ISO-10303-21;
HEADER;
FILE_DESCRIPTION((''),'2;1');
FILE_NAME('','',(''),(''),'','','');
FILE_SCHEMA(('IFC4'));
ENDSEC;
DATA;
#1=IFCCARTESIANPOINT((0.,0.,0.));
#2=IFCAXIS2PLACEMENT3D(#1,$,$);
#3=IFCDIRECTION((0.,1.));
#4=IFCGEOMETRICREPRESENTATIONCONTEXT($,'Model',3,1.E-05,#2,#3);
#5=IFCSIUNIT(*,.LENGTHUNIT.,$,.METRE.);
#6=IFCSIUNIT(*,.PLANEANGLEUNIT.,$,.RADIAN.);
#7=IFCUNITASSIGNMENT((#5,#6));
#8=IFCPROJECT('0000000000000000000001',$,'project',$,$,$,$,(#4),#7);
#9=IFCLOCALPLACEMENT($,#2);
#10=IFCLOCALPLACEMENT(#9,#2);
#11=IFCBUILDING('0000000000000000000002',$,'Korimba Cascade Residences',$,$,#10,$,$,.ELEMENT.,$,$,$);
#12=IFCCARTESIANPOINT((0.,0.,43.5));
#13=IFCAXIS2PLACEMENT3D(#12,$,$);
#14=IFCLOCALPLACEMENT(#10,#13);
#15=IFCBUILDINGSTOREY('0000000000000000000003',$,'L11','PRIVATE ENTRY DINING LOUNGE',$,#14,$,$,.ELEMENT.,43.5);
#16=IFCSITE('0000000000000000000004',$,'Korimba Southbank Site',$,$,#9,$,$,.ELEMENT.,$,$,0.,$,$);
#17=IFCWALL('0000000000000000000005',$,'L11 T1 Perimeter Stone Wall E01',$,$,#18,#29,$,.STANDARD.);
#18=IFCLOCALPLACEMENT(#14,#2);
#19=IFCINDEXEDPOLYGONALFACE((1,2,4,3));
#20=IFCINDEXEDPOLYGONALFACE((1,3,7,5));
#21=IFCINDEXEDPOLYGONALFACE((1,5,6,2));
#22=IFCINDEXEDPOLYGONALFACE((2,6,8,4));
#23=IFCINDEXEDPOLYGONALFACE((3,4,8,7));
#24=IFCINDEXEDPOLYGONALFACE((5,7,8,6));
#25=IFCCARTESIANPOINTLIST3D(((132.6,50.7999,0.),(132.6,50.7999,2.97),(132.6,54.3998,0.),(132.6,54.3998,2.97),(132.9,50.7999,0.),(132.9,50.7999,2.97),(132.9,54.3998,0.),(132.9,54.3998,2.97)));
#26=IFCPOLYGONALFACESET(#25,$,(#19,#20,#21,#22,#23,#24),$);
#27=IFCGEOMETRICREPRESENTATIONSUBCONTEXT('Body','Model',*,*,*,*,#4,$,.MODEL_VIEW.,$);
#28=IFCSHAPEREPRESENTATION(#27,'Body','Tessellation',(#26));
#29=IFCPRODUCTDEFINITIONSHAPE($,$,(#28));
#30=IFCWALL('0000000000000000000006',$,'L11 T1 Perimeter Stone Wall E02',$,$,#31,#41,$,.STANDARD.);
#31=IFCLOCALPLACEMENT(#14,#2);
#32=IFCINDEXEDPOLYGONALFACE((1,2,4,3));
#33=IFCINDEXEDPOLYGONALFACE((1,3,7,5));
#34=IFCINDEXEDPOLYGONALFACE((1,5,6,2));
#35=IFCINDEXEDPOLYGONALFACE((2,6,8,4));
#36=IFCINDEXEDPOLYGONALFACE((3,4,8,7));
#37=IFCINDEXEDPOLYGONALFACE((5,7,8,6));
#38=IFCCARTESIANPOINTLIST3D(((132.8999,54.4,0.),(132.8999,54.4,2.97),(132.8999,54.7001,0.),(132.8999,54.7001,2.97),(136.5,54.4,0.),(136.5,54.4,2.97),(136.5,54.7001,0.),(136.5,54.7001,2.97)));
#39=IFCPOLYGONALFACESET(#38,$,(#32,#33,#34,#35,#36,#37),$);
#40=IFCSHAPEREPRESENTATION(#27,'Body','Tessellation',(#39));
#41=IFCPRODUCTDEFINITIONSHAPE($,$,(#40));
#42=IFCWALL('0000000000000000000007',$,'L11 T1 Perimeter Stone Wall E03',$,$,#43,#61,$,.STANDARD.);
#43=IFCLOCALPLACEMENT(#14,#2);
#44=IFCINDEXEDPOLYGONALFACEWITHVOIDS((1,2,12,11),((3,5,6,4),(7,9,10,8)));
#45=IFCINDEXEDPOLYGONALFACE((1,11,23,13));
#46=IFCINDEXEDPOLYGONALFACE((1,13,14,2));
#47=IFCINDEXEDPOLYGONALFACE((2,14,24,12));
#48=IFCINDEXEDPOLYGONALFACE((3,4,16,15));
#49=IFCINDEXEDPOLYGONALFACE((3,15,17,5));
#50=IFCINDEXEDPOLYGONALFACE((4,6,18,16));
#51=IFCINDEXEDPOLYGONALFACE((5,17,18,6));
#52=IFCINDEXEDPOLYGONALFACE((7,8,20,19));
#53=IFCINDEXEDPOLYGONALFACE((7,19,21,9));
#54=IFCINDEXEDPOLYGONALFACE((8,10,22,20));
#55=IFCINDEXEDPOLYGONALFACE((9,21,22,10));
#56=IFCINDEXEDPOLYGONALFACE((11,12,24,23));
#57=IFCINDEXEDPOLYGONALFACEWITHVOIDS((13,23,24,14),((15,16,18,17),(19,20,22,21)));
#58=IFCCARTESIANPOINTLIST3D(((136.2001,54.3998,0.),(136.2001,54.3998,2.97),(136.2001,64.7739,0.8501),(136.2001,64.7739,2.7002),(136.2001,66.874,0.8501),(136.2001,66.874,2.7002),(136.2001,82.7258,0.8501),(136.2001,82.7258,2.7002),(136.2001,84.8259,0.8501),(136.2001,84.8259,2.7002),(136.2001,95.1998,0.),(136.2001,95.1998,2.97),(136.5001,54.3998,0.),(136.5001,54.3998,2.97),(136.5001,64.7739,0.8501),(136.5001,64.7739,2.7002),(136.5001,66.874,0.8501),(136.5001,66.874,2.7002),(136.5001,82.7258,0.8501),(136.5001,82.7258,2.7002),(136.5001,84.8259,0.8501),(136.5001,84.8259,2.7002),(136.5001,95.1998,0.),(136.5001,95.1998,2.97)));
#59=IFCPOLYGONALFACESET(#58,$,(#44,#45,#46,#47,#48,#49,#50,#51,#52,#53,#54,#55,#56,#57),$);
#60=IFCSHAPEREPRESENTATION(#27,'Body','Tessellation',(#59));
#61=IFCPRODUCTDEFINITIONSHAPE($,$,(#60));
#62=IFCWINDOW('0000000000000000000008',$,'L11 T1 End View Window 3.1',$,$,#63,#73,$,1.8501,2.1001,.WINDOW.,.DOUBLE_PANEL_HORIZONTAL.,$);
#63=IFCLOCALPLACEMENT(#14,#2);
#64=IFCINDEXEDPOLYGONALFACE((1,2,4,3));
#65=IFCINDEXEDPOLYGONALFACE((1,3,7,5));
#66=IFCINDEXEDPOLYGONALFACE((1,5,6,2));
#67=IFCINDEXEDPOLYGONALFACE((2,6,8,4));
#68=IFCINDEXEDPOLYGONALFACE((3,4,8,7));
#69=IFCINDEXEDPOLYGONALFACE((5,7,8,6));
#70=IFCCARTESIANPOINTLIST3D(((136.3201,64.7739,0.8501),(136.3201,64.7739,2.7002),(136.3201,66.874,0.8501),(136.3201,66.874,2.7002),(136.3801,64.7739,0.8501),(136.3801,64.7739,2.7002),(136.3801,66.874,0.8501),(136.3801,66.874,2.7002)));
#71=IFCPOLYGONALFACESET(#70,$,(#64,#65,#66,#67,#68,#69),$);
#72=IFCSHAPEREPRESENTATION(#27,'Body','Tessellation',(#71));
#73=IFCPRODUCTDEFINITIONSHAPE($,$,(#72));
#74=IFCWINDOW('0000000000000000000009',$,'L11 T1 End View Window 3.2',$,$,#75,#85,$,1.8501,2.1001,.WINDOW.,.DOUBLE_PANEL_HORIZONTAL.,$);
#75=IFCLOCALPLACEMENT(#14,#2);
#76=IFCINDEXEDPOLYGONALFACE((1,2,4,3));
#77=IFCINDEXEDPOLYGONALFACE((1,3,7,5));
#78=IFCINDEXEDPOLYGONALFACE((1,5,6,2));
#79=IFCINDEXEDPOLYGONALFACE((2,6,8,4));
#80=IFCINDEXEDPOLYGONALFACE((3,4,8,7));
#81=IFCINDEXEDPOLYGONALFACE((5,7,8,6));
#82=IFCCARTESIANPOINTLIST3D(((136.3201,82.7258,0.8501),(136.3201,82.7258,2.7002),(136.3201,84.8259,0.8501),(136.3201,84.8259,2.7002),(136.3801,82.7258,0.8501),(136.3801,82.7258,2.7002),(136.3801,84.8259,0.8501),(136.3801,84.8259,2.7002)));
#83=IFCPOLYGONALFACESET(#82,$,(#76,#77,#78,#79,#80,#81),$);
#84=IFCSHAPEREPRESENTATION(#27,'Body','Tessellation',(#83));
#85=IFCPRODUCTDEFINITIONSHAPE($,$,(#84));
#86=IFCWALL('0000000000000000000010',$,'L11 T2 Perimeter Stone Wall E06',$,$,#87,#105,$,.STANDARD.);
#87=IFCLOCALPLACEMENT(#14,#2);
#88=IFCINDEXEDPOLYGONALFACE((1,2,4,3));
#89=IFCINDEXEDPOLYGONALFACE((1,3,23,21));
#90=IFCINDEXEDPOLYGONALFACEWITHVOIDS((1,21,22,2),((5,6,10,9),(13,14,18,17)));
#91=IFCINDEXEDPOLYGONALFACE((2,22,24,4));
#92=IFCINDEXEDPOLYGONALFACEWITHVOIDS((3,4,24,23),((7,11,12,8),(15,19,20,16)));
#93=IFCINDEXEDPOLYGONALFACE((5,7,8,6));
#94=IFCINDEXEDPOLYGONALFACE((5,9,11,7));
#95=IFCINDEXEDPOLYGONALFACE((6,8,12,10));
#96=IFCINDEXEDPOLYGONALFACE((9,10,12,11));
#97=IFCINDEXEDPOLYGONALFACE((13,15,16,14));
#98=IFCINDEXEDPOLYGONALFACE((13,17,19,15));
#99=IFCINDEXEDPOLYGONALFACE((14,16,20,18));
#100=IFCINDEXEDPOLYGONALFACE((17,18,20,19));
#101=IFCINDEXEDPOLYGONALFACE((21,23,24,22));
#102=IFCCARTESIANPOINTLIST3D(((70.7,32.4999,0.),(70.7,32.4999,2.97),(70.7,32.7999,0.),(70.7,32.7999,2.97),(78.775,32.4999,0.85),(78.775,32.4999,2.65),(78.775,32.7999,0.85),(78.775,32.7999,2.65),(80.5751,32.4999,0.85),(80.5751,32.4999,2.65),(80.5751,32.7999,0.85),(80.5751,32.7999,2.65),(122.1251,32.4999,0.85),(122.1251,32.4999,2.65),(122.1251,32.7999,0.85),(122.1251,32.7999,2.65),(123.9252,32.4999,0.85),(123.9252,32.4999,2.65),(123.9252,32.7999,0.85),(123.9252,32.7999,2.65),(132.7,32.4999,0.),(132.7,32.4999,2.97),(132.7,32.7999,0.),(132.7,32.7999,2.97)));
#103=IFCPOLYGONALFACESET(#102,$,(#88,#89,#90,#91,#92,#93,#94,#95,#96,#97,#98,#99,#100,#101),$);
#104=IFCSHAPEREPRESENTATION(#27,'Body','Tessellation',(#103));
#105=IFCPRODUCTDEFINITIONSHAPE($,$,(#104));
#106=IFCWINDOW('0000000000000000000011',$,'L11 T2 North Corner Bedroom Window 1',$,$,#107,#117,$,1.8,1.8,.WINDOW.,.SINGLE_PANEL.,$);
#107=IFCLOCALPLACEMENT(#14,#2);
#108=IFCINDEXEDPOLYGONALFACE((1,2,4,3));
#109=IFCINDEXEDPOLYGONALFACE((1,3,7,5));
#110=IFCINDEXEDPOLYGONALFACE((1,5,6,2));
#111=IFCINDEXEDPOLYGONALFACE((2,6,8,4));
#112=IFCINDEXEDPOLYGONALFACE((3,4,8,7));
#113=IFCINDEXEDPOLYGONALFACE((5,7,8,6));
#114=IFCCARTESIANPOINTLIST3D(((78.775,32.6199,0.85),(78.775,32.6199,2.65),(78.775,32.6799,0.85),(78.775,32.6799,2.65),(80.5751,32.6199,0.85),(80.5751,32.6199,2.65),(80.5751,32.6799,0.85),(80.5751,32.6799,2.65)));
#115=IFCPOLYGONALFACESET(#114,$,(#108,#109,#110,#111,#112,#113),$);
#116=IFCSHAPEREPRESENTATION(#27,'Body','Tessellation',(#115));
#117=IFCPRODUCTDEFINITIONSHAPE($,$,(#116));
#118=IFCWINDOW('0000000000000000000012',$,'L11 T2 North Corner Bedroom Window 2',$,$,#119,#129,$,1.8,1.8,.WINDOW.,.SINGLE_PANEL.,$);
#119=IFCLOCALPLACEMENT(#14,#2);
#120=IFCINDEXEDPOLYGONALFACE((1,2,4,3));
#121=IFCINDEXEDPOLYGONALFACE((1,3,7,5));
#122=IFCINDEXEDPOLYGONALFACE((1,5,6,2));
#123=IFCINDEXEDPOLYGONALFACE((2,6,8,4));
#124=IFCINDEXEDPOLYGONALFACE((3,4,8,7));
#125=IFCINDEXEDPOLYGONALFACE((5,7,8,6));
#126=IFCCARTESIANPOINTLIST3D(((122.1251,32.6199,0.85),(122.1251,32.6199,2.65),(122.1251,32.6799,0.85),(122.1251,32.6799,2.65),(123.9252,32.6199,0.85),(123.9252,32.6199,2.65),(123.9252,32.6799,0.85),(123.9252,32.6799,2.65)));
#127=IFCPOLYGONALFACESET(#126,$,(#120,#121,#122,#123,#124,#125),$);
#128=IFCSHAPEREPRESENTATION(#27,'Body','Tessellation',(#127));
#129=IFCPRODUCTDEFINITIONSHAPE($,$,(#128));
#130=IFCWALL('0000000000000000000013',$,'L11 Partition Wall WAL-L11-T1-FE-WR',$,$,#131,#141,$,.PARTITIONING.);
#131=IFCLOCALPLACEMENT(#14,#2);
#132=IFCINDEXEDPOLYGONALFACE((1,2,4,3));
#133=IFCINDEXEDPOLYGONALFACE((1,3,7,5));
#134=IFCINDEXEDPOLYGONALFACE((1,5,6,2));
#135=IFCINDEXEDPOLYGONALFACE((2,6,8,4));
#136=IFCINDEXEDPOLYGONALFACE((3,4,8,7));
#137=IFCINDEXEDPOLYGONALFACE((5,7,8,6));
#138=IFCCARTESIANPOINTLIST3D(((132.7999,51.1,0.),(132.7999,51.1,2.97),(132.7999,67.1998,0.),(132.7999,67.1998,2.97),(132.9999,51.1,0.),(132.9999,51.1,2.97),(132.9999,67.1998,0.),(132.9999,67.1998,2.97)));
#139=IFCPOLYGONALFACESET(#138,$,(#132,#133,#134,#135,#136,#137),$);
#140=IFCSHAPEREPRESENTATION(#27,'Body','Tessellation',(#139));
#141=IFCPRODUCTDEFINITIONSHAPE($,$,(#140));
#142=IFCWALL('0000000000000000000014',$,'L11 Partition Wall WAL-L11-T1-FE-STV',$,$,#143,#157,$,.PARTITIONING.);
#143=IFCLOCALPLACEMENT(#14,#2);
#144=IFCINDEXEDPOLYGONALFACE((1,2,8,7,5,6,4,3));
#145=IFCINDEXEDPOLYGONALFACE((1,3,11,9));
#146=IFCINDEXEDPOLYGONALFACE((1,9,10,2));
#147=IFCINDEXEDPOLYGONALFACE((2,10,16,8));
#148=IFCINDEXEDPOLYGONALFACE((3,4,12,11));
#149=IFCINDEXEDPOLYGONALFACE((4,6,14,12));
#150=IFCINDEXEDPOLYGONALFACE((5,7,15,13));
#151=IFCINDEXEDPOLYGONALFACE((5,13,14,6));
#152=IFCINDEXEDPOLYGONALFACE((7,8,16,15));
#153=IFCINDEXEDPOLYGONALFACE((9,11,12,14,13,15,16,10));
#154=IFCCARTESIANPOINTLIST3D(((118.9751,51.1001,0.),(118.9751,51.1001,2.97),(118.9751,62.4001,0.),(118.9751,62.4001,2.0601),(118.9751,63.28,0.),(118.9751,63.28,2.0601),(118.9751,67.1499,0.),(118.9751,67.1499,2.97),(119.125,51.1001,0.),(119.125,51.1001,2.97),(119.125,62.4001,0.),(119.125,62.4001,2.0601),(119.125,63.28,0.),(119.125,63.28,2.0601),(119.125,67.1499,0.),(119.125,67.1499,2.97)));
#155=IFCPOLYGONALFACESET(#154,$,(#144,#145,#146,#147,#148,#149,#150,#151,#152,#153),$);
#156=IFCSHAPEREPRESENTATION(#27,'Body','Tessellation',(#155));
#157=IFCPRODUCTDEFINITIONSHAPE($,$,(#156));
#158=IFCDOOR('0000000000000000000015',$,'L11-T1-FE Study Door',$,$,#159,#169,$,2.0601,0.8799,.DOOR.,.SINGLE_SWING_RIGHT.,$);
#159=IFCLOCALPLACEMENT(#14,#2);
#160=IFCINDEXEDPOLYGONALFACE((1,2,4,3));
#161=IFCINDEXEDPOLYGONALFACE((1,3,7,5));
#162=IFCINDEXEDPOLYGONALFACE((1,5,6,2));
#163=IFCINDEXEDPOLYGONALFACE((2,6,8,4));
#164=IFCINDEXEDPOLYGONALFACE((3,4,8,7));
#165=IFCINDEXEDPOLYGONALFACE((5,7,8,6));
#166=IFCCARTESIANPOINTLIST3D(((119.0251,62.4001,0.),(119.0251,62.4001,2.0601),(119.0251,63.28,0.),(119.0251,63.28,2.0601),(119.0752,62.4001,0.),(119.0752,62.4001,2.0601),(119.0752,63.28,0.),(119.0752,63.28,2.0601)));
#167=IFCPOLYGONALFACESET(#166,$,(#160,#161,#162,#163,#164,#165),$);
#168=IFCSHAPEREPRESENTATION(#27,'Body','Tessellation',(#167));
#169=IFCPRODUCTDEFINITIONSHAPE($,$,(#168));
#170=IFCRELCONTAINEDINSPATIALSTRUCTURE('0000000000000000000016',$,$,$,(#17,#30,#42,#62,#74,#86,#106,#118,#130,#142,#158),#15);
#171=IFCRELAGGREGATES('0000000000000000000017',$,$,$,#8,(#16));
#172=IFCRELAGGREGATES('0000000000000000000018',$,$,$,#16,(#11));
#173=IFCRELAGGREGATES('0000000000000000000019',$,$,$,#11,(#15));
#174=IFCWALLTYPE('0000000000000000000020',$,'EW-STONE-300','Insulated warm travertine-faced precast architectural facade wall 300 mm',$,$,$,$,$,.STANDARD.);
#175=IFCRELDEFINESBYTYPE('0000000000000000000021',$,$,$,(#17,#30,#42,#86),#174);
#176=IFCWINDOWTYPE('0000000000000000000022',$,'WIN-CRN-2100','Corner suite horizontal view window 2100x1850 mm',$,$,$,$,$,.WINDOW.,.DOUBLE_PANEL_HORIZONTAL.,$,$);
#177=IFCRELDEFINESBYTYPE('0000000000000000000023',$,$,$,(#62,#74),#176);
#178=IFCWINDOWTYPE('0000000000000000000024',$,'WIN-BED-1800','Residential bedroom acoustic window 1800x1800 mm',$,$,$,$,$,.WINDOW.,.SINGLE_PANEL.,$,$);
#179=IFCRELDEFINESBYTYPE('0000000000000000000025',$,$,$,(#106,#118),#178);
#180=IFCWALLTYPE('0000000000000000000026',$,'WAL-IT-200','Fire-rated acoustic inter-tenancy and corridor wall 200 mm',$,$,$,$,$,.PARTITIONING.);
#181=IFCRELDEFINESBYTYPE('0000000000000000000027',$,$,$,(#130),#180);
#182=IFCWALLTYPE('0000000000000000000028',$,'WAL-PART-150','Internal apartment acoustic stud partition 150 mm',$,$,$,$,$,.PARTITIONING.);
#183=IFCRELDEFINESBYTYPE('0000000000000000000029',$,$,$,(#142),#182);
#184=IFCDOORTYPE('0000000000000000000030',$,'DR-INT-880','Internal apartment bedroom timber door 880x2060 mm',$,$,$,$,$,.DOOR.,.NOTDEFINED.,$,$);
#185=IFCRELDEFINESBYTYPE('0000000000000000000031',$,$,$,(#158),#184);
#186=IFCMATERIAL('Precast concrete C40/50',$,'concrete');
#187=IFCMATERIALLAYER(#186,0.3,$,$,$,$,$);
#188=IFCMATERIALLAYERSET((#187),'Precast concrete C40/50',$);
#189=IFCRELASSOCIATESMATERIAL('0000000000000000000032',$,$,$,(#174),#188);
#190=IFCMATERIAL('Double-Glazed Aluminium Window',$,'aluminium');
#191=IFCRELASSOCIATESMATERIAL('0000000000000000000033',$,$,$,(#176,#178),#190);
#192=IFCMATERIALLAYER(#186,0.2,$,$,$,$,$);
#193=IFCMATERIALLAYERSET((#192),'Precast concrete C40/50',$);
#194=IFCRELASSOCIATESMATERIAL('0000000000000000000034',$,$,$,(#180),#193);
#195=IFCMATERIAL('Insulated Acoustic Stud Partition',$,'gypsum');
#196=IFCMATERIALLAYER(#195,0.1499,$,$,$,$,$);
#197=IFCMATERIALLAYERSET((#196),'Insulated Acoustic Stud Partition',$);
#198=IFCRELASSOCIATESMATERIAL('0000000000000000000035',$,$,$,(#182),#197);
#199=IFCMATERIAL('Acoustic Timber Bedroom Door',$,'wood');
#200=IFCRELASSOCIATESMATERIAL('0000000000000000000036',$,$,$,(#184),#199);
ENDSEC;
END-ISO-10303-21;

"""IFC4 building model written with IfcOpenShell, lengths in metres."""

from ifc_helpers import new_model, si_unit, direction, frame, frame_2d, origin, place, context, subcontext, project, spatial, rectangle, extrude, material, layer, layer_set, type_object, element, fill, save


model = new_model("IFC4")

# Units and contexts
model_context = context("Model", 3, precision=1e-05, world=origin(), true_north=direction((0.0, 1.0)))
body_context = subcontext(model_context, "Body", "Model", "MODEL_VIEW")
ifc_project = project(units=[si_unit("LENGTHUNIT", "METRE"), si_unit("PLANEANGLEUNIT", "RADIAN")], contexts=[model_context])

# Site, building, storey
site_placement = place(None, origin())
site = spatial("IfcSite", under=ifc_project, at=site_placement, Name="Korimba Southbank Site", CompositionType="ELEMENT", RefElevation=0.0)
building_placement = place(site_placement, origin())
building = spatial("IfcBuilding", under=site, at=building_placement, Name="Korimba Cascade Residences", CompositionType="ELEMENT")
storey_placement = place(building_placement, frame((0.0, 0.0, 43.5)))
storey = spatial("IfcBuildingStorey", under=building, at=storey_placement, Name="L11", Description="PRIVATE ENTRY DINING LOUNGE", CompositionType="ELEMENT", Elevation=43.5)

# Walls
ifc_material_1 = material(Name="Precast concrete C40/50", Category="concrete")
ifc_layer_1 = layer(ifc_material_1, 0.3)
ifc_layer_set_1 = layer_set([ifc_layer_1], Name="Precast concrete C40/50")
wall_type_1 = type_object("IfcWallType", Name="EW-STONE-300", Description="Insulated warm travertine-faced precast architectural facade wall 300 mm", PredefinedType="STANDARD", material=ifc_layer_set_1)
wall_1_placement = place(storey_placement, frame((132.75, 50.8, 0.0), z_axis=(0.0, 0.0, 1.0), x_axis=(0.0, 1.0, 0.0)))
element("IfcWall", 1, at=wall_1_placement, inside=storey, type_object=wall_type_1, Name="L11 T1 Perimeter Stone Wall E01", PredefinedType="STANDARD", context=body_context, shape_type="SweptSolid", body=[
    extrude(rectangle(XDim=3.5999, YDim=0.3, at=frame_2d((1.7998, 0.0))), origin(), (0.0, 0.0, 1.0), 2.97),
])
wall_2_placement = place(storey_placement, frame((132.8999, 54.55, 0.0), z_axis=(0.0, 0.0, 1.0), x_axis=(1.0, 0.0, 0.0)))
element("IfcWall", 2, at=wall_2_placement, inside=storey, type_object=wall_type_1, Name="L11 T1 Perimeter Stone Wall E02", PredefinedType="STANDARD", context=body_context, shape_type="SweptSolid", body=[
    extrude(rectangle(XDim=3.6001, YDim=0.3, at=frame_2d((1.8, 0.0))), origin(), (0.0, 0.0, 1.0), 2.97),
])

# Walls, openings, windows
wall_3_placement = place(storey_placement, frame((136.3501, 54.3999, 0.0), z_axis=(0.0, 0.0, 1.0), x_axis=(0.0, 1.0, 0.0)))
wall_3 = element("IfcWall", 3, at=wall_3_placement, inside=storey, type_object=wall_type_1, Name="L11 T1 Perimeter Stone Wall E03", PredefinedType="STANDARD", context=body_context, shape_type="SweptSolid", body=[
    extrude(rectangle(XDim=40.8, YDim=0.3, at=frame_2d((20.3999, 0.0))), origin(), (0.0, 0.0, 1.0), 2.97),
])
opening_1_placement = place(wall_3_placement, frame((10.374, 0.0, 0.8501)))
opening_1 = element("IfcOpeningElement", 4, at=opening_1_placement, cuts=wall_3, PredefinedType="OPENING", context=body_context, shape_type="SweptSolid", body=[
    extrude(rectangle(XDim=2.1001, YDim=1.8501, at=frame_2d((1.05, 0.925))), frame((0.0, 0.1602, 0.0), z_axis=(0.0, -1.0, 0.0), x_axis=(1.0, 0.0, 0.0)), (0.0, 0.0, 1.0), 0.3201),
])
opening_2_placement = place(wall_3_placement, frame((28.3259, 0.0, 0.8501)))
opening_2 = element("IfcOpeningElement", 5, at=opening_2_placement, cuts=wall_3, PredefinedType="OPENING", context=body_context, shape_type="SweptSolid", body=[
    extrude(rectangle(XDim=2.1001, YDim=1.8501, at=frame_2d((1.05, 0.925))), frame((0.0, 0.1602, 0.0), z_axis=(0.0, -1.0, 0.0), x_axis=(1.0, 0.0, 0.0)), (0.0, 0.0, 1.0), 0.3201),
])
ifc_material_2 = material(Name="Double-Glazed Aluminium Window", Category="aluminium")
window_type_1 = type_object("IfcWindowType", Name="WIN-CRN-2100", Description="Corner suite horizontal view window 2100x1850 mm", PartitioningType="DOUBLE_PANEL_HORIZONTAL", PredefinedType="WINDOW", material=ifc_material_2)
window_1_placement = place(opening_1_placement, origin())
window_1 = element("IfcWindow", 6, at=window_1_placement, inside=storey, type_object=window_type_1, Name="L11 T1 End View Window 3.1", OverallHeight=1.8501, OverallWidth=2.1001, PartitioningType="DOUBLE_PANEL_HORIZONTAL", PredefinedType="WINDOW", context=body_context, shape_type="SweptSolid", body=[
    extrude(rectangle(XDim=2.1001, YDim=1.8501, at=frame_2d((1.05, 0.925))), frame((0.0, 0.03, 0.0), z_axis=(0.0, -1.0, 0.0), x_axis=(1.0, 0.0, 0.0)), (0.0, 0.0, 1.0), 0.0601),
])
fill(opening_1, window_1)
window_2_placement = place(opening_2_placement, origin())
window_2 = element("IfcWindow", 7, at=window_2_placement, inside=storey, type_object=window_type_1, Name="L11 T1 End View Window 3.2", OverallHeight=1.8501, OverallWidth=2.1001, PartitioningType="DOUBLE_PANEL_HORIZONTAL", PredefinedType="WINDOW", context=body_context, shape_type="SweptSolid", body=[
    extrude(rectangle(XDim=2.1001, YDim=1.8501, at=frame_2d((1.05, 0.925))), frame((0.0, 0.03, 0.0), z_axis=(0.0, -1.0, 0.0), x_axis=(1.0, 0.0, 0.0)), (0.0, 0.0, 1.0), 0.0601),
])
fill(opening_2, window_2)
wall_4_placement = place(storey_placement, frame((132.7, 32.6499, 0.0), z_axis=(0.0, 0.0, 1.0), x_axis=(-1.0, 0.0, 0.0)))
wall_4 = element("IfcWall", 8, at=wall_4_placement, inside=storey, type_object=wall_type_1, Name="L11 T2 Perimeter Stone Wall E06", PredefinedType="STANDARD", context=body_context, shape_type="SweptSolid", body=[
    extrude(rectangle(XDim=62.0, YDim=0.3, at=frame_2d((31.0, 0.0))), origin(), (0.0, 0.0, 1.0), 2.97),
])
opening_3_placement = place(wall_4_placement, frame((52.125, 0.0, 0.8501)))
opening_3 = element("IfcOpeningElement", 9, at=opening_3_placement, cuts=wall_4, PredefinedType="OPENING", context=body_context, shape_type="SweptSolid", body=[
    extrude(rectangle(XDim=1.8, YDim=1.8, at=frame_2d((0.8999, 0.8999))), frame((0.0, 0.1602, 0.0), z_axis=(0.0, -1.0, 0.0), x_axis=(1.0, 0.0, 0.0)), (0.0, 0.0, 1.0), 0.3201),
])
opening_4_placement = place(wall_4_placement, frame((8.7749, 0.0, 0.8501)))
opening_4 = element("IfcOpeningElement", 10, at=opening_4_placement, cuts=wall_4, PredefinedType="OPENING", context=body_context, shape_type="SweptSolid", body=[
    extrude(rectangle(XDim=1.8, YDim=1.8, at=frame_2d((0.8999, 0.8999))), frame((0.0, 0.1602, 0.0), z_axis=(0.0, -1.0, 0.0), x_axis=(1.0, 0.0, 0.0)), (0.0, 0.0, 1.0), 0.3201),
])
window_type_2 = type_object("IfcWindowType", Name="WIN-BED-1800", Description="Residential bedroom acoustic window 1800x1800 mm", PartitioningType="SINGLE_PANEL", PredefinedType="WINDOW", material=ifc_material_2)
window_3_placement = place(opening_3_placement, origin())
window_3 = element("IfcWindow", 11, at=window_3_placement, inside=storey, type_object=window_type_2, Name="L11 T2 North Corner Bedroom Window 1", OverallHeight=1.8, OverallWidth=1.8, PartitioningType="SINGLE_PANEL", PredefinedType="WINDOW", context=body_context, shape_type="SweptSolid", body=[
    extrude(rectangle(XDim=1.8, YDim=1.8, at=frame_2d((0.8999, 0.8999))), frame((0.0, 0.03, 0.0), z_axis=(0.0, -1.0, 0.0), x_axis=(1.0, 0.0, 0.0)), (0.0, 0.0, 1.0), 0.0601),
])
fill(opening_3, window_3)
window_4_placement = place(opening_4_placement, origin())
window_4 = element("IfcWindow", 12, at=window_4_placement, inside=storey, type_object=window_type_2, Name="L11 T2 North Corner Bedroom Window 2", OverallHeight=1.8, OverallWidth=1.8, PartitioningType="SINGLE_PANEL", PredefinedType="WINDOW", context=body_context, shape_type="SweptSolid", body=[
    extrude(rectangle(XDim=1.8, YDim=1.8, at=frame_2d((0.8999, 0.8999))), frame((0.0, 0.03, 0.0), z_axis=(0.0, -1.0, 0.0), x_axis=(1.0, 0.0, 0.0)), (0.0, 0.0, 1.0), 0.0601),
])
fill(opening_4, window_4)

# Wall
ifc_layer_2 = layer(ifc_material_1, 0.2)
ifc_layer_set_2 = layer_set([ifc_layer_2], Name="Precast concrete C40/50")
wall_type_2 = type_object("IfcWallType", Name="WAL-IT-200", Description="Fire-rated acoustic inter-tenancy and corridor wall 200 mm", PredefinedType="PARTITIONING", material=ifc_layer_set_2)
wall_5_placement = place(storey_placement, frame((132.8999, 51.1001, 0.0), z_axis=(0.0, 0.0, 1.0), x_axis=(0.0, 1.0, 0.0)))
element("IfcWall", 13, at=wall_5_placement, inside=storey, type_object=wall_type_2, Name="L11 Partition Wall WAL-L11-T1-FE-WR", PredefinedType="PARTITIONING", context=body_context, shape_type="SweptSolid", body=[
    extrude(rectangle(XDim=16.0999, YDim=0.2, at=frame_2d((8.0498, 0.0))), origin(), (0.0, 0.0, 1.0), 2.97),
])

# Wall, opening, door
ifc_material_3 = material(Name="Insulated Acoustic Stud Partition", Category="gypsum")
ifc_layer_3 = layer(ifc_material_3, 0.1499)
ifc_layer_set_3 = layer_set([ifc_layer_3], Name="Insulated Acoustic Stud Partition")
wall_type_3 = type_object("IfcWallType", Name="WAL-PART-150", Description="Internal apartment acoustic stud partition 150 mm", PredefinedType="PARTITIONING", material=ifc_layer_set_3)
wall_6_placement = place(storey_placement, frame((119.05, 51.1001, 0.0), z_axis=(0.0, 0.0, 1.0), x_axis=(0.0, 1.0, 0.0)))
wall_6 = element("IfcWall", 14, at=wall_6_placement, inside=storey, type_object=wall_type_3, Name="L11 Partition Wall WAL-L11-T1-FE-STV", PredefinedType="PARTITIONING", context=body_context, shape_type="SweptSolid", body=[
    extrude(rectangle(XDim=16.0498, YDim=0.1499, at=frame_2d((8.0249, 0.0))), origin(), (0.0, 0.0, 1.0), 2.97),
])
opening_5_placement = place(wall_6_placement, frame((11.3, 0.0, 0.0)))
opening_5 = element("IfcOpeningElement", 15, at=opening_5_placement, cuts=wall_6, PredefinedType="OPENING", context=body_context, shape_type="SweptSolid", body=[
    extrude(rectangle(XDim=0.8799, YDim=2.0601, at=frame_2d((0.4399, 1.03))), frame((0.0, 0.085, 0.0), z_axis=(0.0, -1.0, 0.0), x_axis=(1.0, 0.0, 0.0)), (0.0, 0.0, 1.0), 0.1699),
])
ifc_material_4 = material(Name="Acoustic Timber Bedroom Door", Category="wood")
door_type = type_object("IfcDoorType", Name="DR-INT-880", Description="Internal apartment bedroom timber door 880x2060 mm", OperationType="NOTDEFINED", PredefinedType="DOOR", material=ifc_material_4)
door_placement = place(opening_5_placement, origin())
door = element("IfcDoor", 16, at=door_placement, inside=storey, type_object=door_type, Name="L11-T1-FE Study Door", OperationType="SINGLE_SWING_RIGHT", OverallHeight=2.0601, OverallWidth=0.8799, PredefinedType="DOOR", context=body_context, shape_type="SweptSolid", body=[
    extrude(rectangle(XDim=0.8799, YDim=2.0601, at=frame_2d((0.4399, 1.03))), frame((0.0, 0.0249, 0.0), z_axis=(0.0, -1.0, 0.0), x_axis=(1.0, 0.0, 0.0)), (0.0, 0.0, 1.0), 0.05),
])
fill(opening_5, door)

save(model, "model.ifc")
